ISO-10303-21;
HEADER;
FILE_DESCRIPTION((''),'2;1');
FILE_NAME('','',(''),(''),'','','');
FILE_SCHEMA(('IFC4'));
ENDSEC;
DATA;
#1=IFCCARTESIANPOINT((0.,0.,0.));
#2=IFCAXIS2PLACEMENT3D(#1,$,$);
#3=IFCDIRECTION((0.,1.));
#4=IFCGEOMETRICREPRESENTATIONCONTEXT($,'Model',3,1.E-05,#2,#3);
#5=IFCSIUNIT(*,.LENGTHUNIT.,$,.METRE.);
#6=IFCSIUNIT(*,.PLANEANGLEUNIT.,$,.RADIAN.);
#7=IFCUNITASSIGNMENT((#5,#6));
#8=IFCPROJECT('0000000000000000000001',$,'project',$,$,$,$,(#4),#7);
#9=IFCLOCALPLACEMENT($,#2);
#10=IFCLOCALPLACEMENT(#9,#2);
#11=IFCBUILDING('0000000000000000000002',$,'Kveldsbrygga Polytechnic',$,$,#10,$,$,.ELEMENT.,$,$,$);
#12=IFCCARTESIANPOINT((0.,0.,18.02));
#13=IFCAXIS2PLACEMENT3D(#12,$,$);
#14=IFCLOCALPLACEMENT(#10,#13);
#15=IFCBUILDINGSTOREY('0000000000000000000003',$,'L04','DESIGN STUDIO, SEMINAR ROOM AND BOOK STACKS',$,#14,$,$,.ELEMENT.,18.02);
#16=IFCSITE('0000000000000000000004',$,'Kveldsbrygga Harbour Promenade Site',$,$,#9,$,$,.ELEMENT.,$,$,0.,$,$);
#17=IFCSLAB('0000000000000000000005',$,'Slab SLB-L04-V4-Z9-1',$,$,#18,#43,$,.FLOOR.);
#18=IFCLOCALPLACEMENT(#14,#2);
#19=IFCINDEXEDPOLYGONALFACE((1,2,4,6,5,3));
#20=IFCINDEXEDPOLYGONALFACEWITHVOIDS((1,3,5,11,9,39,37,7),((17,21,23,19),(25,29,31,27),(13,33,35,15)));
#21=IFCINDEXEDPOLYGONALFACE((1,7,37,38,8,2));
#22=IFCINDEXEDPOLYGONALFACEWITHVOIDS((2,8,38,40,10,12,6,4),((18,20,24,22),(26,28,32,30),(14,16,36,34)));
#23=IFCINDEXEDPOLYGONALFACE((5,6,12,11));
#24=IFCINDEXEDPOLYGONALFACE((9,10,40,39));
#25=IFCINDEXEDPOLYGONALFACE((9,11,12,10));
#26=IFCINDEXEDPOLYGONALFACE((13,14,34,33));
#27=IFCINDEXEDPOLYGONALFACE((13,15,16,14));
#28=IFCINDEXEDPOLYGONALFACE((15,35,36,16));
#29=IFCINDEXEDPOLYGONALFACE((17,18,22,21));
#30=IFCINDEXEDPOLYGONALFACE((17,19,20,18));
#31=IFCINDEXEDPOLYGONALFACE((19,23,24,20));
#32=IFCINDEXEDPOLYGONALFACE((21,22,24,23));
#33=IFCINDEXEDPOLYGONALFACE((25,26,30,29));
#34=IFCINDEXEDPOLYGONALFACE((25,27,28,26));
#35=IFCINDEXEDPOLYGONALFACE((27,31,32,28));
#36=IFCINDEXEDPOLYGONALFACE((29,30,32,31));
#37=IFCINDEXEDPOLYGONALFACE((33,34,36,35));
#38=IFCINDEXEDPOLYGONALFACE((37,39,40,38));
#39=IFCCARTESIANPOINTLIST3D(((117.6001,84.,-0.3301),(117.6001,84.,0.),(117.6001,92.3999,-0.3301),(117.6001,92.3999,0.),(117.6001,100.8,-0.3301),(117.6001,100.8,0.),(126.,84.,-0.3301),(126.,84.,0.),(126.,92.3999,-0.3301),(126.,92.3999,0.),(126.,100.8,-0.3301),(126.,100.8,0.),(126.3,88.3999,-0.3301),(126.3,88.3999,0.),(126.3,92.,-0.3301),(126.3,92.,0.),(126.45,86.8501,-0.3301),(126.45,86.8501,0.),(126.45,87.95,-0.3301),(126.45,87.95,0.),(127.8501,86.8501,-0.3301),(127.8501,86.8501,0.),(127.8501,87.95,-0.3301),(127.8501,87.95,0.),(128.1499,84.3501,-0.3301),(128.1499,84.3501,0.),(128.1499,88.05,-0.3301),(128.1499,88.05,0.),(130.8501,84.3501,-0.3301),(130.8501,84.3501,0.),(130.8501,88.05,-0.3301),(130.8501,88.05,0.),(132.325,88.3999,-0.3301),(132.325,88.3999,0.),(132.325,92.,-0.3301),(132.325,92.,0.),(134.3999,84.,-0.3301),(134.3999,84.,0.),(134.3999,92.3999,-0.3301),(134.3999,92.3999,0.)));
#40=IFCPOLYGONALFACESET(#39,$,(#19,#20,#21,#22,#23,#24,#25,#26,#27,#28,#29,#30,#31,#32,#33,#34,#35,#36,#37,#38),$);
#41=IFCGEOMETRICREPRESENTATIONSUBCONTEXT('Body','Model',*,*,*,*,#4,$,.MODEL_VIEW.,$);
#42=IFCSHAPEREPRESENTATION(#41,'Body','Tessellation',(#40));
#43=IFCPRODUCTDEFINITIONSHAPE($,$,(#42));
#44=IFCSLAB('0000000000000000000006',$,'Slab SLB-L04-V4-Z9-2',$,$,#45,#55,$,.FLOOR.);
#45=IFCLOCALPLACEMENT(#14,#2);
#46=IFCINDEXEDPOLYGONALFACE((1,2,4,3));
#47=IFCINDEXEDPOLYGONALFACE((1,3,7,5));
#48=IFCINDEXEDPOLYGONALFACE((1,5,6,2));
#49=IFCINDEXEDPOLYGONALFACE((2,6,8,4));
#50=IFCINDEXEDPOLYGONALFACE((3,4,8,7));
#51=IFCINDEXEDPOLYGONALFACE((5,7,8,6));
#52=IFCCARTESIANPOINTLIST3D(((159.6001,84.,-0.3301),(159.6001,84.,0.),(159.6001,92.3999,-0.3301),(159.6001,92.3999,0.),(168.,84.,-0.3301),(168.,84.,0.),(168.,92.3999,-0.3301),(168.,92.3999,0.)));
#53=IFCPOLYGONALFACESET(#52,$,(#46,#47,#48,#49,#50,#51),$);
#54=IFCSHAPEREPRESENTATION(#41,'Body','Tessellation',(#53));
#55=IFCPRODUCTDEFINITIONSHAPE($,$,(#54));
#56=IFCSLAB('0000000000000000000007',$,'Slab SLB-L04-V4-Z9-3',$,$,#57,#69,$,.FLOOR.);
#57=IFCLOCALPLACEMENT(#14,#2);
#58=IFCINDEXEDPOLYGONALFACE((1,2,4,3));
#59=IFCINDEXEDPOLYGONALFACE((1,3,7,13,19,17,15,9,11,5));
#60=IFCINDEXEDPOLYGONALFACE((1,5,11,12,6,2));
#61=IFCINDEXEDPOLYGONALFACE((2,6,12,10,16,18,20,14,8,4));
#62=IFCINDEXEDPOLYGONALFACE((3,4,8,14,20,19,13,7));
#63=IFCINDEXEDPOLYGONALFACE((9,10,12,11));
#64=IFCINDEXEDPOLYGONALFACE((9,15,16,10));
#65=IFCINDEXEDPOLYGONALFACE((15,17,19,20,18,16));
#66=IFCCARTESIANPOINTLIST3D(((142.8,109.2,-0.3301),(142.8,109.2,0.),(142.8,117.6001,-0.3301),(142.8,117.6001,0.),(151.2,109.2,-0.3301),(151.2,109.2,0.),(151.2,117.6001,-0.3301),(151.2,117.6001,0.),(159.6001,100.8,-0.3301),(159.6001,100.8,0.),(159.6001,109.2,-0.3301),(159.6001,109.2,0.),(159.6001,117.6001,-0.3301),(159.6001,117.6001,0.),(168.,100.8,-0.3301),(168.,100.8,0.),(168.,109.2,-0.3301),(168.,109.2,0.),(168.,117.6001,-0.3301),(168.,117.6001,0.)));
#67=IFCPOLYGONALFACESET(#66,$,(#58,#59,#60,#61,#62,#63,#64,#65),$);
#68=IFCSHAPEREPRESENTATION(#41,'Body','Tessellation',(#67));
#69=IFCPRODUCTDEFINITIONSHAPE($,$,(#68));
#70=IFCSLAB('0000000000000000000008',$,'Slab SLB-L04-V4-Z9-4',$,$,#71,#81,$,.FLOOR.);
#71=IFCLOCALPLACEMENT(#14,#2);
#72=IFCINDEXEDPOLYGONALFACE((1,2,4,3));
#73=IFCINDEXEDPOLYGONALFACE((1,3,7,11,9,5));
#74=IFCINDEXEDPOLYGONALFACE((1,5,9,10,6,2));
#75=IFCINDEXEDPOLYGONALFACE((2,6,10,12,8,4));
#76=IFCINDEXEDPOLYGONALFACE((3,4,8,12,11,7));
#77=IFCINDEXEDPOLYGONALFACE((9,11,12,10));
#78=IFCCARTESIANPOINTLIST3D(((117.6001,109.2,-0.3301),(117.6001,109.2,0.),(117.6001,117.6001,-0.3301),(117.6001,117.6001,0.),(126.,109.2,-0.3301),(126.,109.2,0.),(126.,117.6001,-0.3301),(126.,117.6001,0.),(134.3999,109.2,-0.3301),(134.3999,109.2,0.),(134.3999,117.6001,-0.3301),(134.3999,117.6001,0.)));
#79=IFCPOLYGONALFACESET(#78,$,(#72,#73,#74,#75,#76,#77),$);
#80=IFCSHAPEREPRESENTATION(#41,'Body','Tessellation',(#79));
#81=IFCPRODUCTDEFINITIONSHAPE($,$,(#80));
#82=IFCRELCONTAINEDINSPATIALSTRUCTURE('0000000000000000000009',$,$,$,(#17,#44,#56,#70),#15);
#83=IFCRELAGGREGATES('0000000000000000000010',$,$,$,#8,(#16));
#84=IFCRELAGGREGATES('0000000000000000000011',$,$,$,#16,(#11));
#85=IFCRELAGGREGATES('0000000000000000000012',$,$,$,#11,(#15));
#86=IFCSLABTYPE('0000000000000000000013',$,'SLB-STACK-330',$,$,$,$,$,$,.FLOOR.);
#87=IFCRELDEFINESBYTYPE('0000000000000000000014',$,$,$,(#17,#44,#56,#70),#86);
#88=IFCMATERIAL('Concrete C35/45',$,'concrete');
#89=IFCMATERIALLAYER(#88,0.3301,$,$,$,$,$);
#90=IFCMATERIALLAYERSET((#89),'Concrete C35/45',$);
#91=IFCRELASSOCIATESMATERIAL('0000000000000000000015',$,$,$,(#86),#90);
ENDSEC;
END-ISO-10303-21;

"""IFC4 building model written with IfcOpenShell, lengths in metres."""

from ifc_helpers import new_model, si_unit, direction, frame, origin, place, context, subcontext, project, spatial, polyline, outline, extrude, material, layer, layer_set, type_object, element, save


model = new_model("IFC4")

# Units and contexts
model_context = context("Model", 3, precision=1e-05, world=origin(), true_north=direction((0.0, 1.0)))
body_context = subcontext(model_context, "Body", "Model", "MODEL_VIEW")
ifc_project = project(units=[si_unit("LENGTHUNIT", "METRE"), si_unit("PLANEANGLEUNIT", "RADIAN")], contexts=[model_context])

# Site, building, storey
site_placement = place(None, origin())
site = spatial("IfcSite", under=ifc_project, at=site_placement, Name="Kveldsbrygga Harbour Promenade Site", CompositionType="ELEMENT", RefElevation=0.0)
building_placement = place(site_placement, origin())
building = spatial("IfcBuilding", under=site, at=building_placement, Name="Kveldsbrygga Polytechnic", CompositionType="ELEMENT")
storey_placement = place(building_placement, frame((0.0, 0.0, 18.02)))
storey = spatial("IfcBuildingStorey", under=building, at=storey_placement, Name="L04", Description="DESIGN STUDIO, SEMINAR ROOM AND BOOK STACKS", CompositionType="ELEMENT", Elevation=18.02)

# Shared definitions
ifc_material_1 = material(Name="Concrete C35/45", Category="concrete")

# Slabs
ifc_layer_1 = layer(ifc_material_1, 0.3301)
ifc_layer_set_1 = layer_set([ifc_layer_1], Name="Concrete C35/45")
slab_type_1 = type_object("IfcSlabType", Name="SLB-STACK-330", PredefinedType="FLOOR", material=ifc_layer_set_1)
slab_1_placement = place(storey_placement, frame((0.0, 0.0, -0.3301)))
element("IfcSlab", 1, at=slab_1_placement, inside=storey, type_object=slab_type_1, Name="Slab SLB-L04-V4-Z9-1", PredefinedType="FLOOR", context=body_context, shape_type="SweptSolid", body=[
    extrude(outline(polyline([(117.6001, 100.8), (126.0, 100.8), (126.0, 92.3999), (134.3999, 92.3999), (134.3999, 84.0), (126.0, 84.0), (117.6001, 84.0), (117.6001, 92.3999), (117.6001, 100.8)]), holes=[polyline([(132.325, 92.0), (126.3, 92.0), (126.3, 88.3999), (132.325, 88.3999), (132.325, 92.0)]), polyline([(128.1499, 84.3501), (130.8501, 84.3501), (130.8501, 88.05), (128.1499, 88.05), (128.1499, 84.3501)]), polyline([(126.45, 86.8501), (127.8501, 86.8501), (127.8501, 87.95), (126.45, 87.95), (126.45, 86.8501)])]), origin(), (0.0, 0.0, 1.0), 0.3301),
])
slab_2_placement = place(storey_placement, frame((0.0, 0.0, -0.3301)))
element("IfcSlab", 2, at=slab_2_placement, inside=storey, type_object=slab_type_1, Name="Slab SLB-L04-V4-Z9-2", PredefinedType="FLOOR", context=body_context, shape_type="SweptSolid", body=[
    extrude(outline(polyline([(168.0, 92.3999), (168.0, 84.0), (159.6001, 84.0), (159.6001, 92.3999), (168.0, 92.3999)])), origin(), (0.0, 0.0, 1.0), 0.3301),
])
slab_3_placement = place(storey_placement, frame((0.0, 0.0, -0.3301)))
element("IfcSlab", 3, at=slab_3_placement, inside=storey, type_object=slab_type_1, Name="Slab SLB-L04-V4-Z9-3", PredefinedType="FLOOR", context=body_context, shape_type="SweptSolid", body=[
    extrude(outline(polyline([(168.0, 100.8), (159.6001, 100.8), (159.6001, 109.2), (151.2, 109.2), (142.8, 109.2), (142.8, 117.6001), (151.2, 117.6001), (159.6001, 117.6001), (168.0, 117.6001), (168.0, 109.2), (168.0, 100.8)])), origin(), (0.0, 0.0, 1.0), 0.3301),
])
slab_4_placement = place(storey_placement, frame((0.0, 0.0, -0.3301)))
element("IfcSlab", 4, at=slab_4_placement, inside=storey, type_object=slab_type_1, Name="Slab SLB-L04-V4-Z9-4", PredefinedType="FLOOR", context=body_context, shape_type="SweptSolid", body=[
    extrude(outline(polyline([(126.0, 117.6001), (134.3999, 117.6001), (134.3999, 109.2), (126.0, 109.2), (117.6001, 109.2), (117.6001, 117.6001), (126.0, 117.6001)])), origin(), (0.0, 0.0, 1.0), 0.3301),
])

save(model, "model.ifc")
